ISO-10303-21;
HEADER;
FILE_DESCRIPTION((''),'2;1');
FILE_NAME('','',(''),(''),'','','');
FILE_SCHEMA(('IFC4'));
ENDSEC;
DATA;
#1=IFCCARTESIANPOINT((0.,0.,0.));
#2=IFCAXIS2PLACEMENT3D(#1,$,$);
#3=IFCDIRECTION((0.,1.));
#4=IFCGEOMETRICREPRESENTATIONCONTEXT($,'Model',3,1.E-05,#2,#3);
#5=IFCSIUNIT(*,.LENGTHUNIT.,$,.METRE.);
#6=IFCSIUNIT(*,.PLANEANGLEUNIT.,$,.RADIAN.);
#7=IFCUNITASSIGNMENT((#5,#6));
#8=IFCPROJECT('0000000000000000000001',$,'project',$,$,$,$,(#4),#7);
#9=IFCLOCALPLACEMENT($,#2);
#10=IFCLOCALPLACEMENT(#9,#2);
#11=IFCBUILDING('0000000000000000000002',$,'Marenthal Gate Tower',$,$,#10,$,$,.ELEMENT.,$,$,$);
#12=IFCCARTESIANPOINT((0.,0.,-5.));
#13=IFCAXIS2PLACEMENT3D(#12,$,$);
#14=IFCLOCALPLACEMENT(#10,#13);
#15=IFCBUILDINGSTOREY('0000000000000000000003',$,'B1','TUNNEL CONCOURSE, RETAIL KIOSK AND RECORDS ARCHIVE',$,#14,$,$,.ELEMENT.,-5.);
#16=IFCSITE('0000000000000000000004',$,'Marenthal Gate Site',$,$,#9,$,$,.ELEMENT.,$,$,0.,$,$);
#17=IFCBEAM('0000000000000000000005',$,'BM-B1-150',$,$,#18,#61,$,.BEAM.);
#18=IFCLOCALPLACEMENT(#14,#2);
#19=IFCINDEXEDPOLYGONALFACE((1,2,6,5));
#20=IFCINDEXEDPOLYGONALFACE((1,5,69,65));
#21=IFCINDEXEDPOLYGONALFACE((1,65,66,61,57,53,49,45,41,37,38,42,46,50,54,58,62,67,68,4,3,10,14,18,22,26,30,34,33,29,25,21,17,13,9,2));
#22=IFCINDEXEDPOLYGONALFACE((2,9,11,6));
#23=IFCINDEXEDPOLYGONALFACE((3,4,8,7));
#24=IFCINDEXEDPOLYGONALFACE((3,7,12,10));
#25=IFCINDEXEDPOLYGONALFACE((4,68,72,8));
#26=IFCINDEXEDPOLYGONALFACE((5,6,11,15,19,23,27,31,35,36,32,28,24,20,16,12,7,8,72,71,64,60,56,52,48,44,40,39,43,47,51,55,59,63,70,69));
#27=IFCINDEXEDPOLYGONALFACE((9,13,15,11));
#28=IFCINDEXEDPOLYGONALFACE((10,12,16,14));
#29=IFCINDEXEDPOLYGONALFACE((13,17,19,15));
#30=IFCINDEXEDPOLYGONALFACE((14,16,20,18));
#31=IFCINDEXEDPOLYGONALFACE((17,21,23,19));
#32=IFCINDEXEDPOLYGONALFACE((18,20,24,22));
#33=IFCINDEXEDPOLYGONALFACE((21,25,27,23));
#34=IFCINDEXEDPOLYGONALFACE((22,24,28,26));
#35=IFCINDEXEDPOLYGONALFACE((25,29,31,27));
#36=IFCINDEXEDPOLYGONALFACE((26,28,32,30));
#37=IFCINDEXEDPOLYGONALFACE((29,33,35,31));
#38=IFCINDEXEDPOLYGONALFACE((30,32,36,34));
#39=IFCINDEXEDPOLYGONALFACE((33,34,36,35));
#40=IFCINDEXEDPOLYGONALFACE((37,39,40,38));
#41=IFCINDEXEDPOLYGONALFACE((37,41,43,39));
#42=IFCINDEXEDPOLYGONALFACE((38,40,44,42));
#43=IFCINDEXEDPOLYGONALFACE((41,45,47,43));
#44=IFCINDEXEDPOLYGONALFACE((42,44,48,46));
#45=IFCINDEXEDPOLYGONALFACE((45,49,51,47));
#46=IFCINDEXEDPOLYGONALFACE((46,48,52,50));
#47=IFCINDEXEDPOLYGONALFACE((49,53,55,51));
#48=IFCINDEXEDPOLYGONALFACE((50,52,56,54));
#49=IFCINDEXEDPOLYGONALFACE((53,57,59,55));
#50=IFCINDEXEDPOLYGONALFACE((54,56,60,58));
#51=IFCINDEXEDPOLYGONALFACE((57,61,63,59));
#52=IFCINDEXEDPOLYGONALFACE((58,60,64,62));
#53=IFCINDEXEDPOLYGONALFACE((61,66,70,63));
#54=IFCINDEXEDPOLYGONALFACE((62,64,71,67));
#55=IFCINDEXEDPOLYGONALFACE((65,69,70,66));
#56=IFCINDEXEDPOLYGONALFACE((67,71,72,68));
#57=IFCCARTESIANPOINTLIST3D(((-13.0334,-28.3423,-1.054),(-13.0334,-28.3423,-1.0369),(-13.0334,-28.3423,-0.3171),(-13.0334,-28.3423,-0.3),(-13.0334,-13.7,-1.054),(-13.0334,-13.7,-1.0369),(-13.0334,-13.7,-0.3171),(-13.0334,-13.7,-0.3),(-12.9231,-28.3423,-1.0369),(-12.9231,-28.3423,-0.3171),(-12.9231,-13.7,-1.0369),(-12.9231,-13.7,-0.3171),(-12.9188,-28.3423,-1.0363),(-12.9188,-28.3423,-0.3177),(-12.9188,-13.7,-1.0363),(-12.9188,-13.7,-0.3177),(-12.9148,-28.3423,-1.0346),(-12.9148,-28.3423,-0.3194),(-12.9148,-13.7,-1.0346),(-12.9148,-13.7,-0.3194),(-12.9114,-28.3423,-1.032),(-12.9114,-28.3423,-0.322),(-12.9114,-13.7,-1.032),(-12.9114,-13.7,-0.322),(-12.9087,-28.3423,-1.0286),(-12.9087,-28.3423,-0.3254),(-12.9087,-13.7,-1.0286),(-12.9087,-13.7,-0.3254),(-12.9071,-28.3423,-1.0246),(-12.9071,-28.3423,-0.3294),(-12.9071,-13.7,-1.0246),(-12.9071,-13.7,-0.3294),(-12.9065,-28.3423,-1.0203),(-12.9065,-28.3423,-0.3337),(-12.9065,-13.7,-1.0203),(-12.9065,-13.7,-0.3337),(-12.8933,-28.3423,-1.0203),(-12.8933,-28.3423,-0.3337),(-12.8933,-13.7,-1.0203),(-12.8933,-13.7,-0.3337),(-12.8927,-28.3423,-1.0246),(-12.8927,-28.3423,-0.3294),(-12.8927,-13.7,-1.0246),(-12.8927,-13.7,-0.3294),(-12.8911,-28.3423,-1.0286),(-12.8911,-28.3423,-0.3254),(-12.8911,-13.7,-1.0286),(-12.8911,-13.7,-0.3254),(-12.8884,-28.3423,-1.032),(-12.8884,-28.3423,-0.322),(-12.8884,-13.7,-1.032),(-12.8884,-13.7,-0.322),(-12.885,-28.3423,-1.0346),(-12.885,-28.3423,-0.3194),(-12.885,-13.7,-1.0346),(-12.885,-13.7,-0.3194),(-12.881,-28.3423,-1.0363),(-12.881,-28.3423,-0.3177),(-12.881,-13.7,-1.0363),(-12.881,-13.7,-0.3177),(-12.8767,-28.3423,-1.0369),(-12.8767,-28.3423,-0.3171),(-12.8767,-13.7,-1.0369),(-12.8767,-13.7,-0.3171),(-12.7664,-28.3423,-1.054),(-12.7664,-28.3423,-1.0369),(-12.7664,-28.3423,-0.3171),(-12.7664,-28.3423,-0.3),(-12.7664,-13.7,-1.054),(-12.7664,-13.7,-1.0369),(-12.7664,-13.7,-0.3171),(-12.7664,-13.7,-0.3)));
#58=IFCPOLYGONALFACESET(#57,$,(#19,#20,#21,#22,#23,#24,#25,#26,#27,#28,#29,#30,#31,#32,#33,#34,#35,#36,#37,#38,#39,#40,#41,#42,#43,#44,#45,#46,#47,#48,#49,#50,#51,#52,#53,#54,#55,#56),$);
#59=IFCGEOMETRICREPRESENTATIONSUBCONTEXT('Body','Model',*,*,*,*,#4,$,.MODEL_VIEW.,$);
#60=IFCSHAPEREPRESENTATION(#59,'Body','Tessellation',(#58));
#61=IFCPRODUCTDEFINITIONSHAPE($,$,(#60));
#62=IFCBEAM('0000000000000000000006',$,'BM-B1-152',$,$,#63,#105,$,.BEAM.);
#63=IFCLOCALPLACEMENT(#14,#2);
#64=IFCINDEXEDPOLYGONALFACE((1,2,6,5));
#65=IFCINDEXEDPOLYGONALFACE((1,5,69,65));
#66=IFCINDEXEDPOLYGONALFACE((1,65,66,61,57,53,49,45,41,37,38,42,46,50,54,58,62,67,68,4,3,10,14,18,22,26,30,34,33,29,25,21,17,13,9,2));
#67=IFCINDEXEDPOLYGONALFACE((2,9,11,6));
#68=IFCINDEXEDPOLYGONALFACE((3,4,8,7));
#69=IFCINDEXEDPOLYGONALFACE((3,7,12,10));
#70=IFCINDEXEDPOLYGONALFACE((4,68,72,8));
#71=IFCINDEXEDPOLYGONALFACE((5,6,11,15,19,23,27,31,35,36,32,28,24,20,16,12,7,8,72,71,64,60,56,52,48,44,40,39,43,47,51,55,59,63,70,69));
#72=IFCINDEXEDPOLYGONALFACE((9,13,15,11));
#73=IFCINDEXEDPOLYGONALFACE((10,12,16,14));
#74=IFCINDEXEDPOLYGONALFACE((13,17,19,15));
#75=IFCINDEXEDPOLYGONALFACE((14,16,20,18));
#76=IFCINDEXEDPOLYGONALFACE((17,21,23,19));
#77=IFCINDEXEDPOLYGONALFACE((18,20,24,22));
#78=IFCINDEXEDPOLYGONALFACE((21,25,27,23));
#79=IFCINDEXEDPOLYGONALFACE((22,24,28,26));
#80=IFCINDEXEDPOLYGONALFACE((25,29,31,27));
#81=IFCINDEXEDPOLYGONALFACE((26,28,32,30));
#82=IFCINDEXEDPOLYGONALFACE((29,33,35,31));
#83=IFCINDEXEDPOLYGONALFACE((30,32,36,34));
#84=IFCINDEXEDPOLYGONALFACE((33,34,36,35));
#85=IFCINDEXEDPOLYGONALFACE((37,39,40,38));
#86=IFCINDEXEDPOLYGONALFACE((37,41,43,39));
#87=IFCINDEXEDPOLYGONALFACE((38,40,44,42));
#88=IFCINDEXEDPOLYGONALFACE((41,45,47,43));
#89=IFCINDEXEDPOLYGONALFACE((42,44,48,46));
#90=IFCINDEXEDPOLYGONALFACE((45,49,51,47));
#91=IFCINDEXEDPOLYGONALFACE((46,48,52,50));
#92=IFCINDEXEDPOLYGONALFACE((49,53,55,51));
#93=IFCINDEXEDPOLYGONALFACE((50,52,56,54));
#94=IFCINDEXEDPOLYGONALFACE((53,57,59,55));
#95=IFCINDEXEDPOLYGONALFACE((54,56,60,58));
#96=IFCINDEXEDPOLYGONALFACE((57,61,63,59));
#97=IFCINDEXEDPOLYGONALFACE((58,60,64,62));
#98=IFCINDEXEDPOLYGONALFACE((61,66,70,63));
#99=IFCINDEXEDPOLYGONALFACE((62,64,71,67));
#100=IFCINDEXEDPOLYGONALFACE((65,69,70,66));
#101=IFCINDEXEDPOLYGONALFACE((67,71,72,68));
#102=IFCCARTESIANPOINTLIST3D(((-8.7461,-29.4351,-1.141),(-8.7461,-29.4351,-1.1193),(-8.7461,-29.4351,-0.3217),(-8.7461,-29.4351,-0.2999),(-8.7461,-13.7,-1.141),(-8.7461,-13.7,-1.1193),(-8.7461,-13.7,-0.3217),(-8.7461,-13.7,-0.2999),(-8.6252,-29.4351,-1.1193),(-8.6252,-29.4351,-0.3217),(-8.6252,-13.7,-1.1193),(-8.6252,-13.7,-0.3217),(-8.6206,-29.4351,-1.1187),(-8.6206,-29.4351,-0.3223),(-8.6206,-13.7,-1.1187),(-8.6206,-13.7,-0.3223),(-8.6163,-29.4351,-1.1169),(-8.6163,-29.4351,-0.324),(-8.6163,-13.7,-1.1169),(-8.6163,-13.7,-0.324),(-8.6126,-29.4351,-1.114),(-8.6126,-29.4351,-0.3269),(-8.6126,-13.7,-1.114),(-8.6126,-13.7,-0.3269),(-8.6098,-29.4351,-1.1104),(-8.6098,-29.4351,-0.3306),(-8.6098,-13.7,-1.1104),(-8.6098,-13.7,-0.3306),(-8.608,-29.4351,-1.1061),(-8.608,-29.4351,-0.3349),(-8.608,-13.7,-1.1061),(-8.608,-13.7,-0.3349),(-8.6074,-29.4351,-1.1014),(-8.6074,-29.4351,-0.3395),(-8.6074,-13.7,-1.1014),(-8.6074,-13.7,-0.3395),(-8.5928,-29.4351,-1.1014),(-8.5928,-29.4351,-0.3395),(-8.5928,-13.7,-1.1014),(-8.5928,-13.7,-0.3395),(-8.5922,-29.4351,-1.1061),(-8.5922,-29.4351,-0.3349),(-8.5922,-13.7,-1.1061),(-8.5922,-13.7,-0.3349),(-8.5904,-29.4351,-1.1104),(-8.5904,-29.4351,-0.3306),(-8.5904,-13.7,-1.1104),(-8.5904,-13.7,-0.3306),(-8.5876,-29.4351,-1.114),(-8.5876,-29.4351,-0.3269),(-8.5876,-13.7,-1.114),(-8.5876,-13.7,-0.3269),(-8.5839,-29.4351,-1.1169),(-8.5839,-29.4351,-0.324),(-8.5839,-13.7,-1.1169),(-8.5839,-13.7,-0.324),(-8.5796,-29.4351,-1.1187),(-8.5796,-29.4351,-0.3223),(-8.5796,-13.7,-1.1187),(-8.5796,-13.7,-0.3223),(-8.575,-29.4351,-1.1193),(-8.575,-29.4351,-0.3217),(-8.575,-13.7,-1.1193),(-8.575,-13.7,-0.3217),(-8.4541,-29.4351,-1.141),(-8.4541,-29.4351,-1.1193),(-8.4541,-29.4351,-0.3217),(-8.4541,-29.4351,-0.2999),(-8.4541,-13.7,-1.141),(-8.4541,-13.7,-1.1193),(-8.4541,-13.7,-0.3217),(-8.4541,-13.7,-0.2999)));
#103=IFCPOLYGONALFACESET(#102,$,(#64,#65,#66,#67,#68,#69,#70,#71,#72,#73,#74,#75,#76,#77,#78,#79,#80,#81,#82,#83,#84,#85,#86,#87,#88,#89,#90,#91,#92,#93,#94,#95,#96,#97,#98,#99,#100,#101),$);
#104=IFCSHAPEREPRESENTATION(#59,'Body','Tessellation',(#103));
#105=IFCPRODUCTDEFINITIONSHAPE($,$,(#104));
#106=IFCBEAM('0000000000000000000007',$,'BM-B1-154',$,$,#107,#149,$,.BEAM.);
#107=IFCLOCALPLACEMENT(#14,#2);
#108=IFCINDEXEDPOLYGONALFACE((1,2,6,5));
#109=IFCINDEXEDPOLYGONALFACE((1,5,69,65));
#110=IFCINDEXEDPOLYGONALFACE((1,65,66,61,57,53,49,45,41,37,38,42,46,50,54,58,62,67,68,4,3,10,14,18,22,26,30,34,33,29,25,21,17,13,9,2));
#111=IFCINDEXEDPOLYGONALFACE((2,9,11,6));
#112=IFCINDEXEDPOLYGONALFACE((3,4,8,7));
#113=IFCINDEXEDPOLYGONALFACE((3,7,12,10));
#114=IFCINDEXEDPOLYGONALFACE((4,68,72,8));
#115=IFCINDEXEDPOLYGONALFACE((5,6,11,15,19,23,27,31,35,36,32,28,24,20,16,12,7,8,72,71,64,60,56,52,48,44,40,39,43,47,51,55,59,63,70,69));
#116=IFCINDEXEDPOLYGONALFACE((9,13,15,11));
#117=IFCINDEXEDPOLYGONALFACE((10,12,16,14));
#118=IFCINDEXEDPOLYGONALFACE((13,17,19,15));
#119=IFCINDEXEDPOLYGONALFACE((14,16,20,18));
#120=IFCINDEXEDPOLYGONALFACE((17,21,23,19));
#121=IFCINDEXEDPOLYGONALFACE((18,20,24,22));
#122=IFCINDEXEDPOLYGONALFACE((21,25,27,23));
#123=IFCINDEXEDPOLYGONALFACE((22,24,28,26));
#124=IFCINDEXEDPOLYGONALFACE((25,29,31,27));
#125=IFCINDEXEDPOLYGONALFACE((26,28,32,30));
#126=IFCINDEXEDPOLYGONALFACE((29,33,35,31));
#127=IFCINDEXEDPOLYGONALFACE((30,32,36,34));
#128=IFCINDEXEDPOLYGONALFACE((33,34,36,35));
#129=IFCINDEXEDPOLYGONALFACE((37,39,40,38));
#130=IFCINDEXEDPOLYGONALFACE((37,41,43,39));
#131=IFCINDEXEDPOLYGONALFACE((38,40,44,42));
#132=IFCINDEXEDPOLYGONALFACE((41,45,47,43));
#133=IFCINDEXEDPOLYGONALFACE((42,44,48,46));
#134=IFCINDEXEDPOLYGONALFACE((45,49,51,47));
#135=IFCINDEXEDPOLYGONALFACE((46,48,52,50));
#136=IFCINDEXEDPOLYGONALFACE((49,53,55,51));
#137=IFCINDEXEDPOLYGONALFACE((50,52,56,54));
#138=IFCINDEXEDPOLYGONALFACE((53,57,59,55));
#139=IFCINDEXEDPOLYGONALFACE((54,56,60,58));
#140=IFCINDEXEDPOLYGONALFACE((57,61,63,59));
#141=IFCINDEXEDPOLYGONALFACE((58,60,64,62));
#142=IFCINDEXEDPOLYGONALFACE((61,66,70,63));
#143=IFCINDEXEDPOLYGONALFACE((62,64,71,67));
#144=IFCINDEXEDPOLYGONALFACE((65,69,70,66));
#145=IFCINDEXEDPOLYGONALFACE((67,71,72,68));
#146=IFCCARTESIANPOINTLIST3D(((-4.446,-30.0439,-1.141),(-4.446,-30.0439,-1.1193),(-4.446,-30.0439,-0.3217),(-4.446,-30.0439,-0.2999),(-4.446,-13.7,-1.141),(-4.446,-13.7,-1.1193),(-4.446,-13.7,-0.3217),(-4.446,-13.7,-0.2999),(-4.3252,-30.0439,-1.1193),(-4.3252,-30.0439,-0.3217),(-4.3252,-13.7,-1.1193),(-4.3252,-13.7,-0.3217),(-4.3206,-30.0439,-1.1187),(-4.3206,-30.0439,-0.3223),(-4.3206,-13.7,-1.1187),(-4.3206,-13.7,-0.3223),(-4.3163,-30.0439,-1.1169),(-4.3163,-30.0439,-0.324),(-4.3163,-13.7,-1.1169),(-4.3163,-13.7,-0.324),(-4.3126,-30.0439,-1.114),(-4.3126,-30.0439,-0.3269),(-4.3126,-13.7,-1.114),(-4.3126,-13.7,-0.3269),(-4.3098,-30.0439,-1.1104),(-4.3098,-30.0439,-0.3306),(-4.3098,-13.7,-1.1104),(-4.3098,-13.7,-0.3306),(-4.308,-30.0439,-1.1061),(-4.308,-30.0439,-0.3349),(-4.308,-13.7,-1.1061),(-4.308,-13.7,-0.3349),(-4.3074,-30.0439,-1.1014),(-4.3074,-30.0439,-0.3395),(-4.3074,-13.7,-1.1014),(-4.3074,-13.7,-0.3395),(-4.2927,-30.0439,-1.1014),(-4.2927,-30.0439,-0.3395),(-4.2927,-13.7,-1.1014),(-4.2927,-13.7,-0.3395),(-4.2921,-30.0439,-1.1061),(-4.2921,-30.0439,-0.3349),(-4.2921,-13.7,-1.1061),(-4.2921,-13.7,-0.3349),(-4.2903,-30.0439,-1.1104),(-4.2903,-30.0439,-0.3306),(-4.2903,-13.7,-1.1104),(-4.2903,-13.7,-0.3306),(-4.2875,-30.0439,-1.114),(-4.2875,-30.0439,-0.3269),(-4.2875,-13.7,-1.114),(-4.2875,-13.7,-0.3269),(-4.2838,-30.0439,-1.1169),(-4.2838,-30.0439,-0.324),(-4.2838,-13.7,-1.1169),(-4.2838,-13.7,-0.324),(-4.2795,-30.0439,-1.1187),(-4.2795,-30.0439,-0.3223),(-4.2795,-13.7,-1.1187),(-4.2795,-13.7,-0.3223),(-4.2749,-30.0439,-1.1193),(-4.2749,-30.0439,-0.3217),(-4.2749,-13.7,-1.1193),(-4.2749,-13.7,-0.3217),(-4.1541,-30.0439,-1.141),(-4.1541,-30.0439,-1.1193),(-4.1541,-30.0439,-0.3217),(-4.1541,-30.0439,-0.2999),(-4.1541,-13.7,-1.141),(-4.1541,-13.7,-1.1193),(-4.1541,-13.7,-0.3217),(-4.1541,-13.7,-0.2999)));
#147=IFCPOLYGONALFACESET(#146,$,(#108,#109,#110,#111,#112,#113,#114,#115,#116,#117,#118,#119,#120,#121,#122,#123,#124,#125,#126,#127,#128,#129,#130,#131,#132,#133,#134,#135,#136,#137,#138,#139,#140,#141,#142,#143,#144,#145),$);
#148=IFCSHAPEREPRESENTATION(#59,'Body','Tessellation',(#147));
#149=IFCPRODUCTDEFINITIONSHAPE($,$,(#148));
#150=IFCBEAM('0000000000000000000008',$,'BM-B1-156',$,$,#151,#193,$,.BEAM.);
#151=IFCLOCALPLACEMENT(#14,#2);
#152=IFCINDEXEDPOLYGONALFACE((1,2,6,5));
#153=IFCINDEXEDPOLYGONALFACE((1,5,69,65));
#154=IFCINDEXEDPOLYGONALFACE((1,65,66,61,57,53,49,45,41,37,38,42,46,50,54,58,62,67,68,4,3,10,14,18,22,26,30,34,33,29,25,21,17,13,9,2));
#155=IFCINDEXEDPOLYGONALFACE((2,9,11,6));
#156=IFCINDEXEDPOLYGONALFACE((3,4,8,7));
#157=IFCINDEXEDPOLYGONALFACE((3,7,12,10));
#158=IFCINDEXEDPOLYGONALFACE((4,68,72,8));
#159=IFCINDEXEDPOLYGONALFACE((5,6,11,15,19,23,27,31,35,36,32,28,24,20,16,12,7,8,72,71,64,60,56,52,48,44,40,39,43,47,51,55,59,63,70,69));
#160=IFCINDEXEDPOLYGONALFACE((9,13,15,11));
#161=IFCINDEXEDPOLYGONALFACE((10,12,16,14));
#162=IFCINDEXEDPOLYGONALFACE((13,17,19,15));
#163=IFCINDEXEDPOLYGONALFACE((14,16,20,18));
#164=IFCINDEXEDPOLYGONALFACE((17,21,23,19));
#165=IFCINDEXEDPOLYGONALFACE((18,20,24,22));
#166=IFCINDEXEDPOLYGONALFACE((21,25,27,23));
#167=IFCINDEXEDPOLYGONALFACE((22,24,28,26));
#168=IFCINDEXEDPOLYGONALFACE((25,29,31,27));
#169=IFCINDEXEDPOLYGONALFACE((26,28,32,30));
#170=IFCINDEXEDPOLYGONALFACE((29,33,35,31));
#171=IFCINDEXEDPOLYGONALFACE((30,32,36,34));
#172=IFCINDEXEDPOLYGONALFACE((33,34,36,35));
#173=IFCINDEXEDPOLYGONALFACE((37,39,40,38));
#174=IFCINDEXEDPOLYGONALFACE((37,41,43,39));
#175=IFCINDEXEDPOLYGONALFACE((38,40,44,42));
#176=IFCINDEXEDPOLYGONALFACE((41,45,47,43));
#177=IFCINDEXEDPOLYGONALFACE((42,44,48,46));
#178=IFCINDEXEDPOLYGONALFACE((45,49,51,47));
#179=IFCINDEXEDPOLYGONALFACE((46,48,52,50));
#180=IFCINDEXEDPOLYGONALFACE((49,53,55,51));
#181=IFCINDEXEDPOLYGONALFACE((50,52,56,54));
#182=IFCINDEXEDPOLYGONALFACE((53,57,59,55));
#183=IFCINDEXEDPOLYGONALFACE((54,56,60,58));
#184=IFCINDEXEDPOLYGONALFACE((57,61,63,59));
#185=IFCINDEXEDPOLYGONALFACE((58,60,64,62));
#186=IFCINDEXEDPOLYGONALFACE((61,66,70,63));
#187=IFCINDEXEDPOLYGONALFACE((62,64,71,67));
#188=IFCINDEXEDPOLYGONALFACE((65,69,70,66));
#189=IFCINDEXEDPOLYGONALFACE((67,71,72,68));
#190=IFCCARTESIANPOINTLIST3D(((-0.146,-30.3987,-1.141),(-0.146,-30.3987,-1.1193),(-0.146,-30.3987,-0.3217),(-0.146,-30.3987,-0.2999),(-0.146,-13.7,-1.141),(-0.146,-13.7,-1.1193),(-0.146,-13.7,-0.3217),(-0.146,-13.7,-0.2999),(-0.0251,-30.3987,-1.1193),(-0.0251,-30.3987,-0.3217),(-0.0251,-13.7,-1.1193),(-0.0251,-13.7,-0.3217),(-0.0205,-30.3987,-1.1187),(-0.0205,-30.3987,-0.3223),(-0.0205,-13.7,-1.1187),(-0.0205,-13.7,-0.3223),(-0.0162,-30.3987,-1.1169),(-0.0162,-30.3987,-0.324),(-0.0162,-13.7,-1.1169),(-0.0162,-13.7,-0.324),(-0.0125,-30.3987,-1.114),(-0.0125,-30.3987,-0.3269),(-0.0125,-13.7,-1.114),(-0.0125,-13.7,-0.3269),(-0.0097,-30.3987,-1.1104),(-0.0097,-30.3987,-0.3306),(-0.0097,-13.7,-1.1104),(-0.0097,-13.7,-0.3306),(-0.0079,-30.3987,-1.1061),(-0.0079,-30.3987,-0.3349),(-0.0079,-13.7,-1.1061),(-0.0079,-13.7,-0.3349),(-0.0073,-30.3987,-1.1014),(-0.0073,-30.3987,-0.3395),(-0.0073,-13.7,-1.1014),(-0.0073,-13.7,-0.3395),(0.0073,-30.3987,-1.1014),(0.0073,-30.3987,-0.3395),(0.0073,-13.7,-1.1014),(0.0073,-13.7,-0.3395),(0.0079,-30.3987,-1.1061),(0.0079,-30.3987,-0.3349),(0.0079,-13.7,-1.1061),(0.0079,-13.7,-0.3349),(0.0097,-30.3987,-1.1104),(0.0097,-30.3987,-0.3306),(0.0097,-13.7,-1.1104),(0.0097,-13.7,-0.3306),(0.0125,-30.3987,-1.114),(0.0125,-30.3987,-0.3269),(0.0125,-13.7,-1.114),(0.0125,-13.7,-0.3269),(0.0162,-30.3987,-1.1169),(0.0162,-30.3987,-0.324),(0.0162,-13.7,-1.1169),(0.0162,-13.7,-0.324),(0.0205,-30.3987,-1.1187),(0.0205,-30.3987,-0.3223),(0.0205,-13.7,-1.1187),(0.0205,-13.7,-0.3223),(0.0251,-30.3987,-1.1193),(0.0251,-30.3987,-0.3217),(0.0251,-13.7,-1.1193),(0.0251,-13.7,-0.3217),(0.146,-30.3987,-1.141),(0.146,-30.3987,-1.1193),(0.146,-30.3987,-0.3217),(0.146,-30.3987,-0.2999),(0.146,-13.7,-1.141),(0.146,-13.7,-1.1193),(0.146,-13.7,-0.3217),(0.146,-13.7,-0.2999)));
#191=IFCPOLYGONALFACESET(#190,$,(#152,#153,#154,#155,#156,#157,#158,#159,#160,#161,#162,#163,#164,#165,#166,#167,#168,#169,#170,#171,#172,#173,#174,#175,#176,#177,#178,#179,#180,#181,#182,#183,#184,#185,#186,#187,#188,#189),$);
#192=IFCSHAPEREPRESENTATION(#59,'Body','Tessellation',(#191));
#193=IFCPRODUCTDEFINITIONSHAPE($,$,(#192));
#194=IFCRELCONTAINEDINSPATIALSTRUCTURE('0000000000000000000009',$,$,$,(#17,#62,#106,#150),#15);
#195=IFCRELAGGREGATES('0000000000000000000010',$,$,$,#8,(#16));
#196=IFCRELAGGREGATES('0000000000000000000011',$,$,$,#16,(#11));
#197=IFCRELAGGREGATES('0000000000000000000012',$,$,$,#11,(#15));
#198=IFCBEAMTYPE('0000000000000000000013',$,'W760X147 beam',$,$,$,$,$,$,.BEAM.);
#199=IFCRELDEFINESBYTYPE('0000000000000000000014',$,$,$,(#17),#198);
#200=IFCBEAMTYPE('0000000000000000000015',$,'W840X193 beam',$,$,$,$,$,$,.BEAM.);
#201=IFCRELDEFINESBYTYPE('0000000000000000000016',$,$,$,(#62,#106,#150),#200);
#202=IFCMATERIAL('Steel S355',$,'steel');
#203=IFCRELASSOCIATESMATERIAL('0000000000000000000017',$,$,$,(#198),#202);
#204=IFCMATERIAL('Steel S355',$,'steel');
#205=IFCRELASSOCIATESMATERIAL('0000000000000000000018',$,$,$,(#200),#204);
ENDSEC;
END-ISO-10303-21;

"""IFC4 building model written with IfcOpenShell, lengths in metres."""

from ifc_helpers import new_model, si_unit, direction, frame, origin, origin_2d, place, context, subcontext, project, spatial, i_section, extrude, material, material_profile, profile_set, type_object, element, save


model = new_model("IFC4")

# Units and contexts
model_context = context("Model", 3, precision=1e-05, world=origin(), true_north=direction((0.0, 1.0)))
body_context = subcontext(model_context, "Body", "Model", "MODEL_VIEW")
ifc_project = project(units=[si_unit("LENGTHUNIT", "METRE"), si_unit("PLANEANGLEUNIT", "RADIAN")], contexts=[model_context])

# Site, building, storey
site_placement = place(None, origin())
site = spatial("IfcSite", under=ifc_project, at=site_placement, Name="Marenthal Gate Site", CompositionType="ELEMENT", RefElevation=0.0)
building_placement = place(site_placement, origin())
building = spatial("IfcBuilding", under=site, at=building_placement, Name="Marenthal Gate Tower", CompositionType="ELEMENT")
storey_placement = place(building_placement, frame((0.0, 0.0, -5.0)))
storey = spatial("IfcBuildingStorey", under=building, at=storey_placement, Name="B1", Description="TUNNEL CONCOURSE, RETAIL KIOSK AND RECORDS ARCHIVE", CompositionType="ELEMENT", Elevation=-5.0)

# Beams
ifc_material_1 = material(Name="Steel S355", Category="steel")
ifc_material_profile_1 = material_profile(ifc_material_1, i_section(OverallWidth=0.2671, OverallDepth=0.7539, WebThickness=0.0132, FlangeThickness=0.0171, FilletRadius=0.0166, at=origin_2d()), Name="W760X147")
ifc_profile_set_1 = profile_set([ifc_material_profile_1], Name="Steel S355")
beam_type_1 = type_object("IfcBeamType", Name="W760X147 beam", PredefinedType="BEAM", material=ifc_profile_set_1)
beam_1_placement = place(storey_placement, frame((-12.8999, -13.7, -0.677), z_axis=(0.0, -1.0, 0.0), x_axis=(1.0, 0.0, 0.0)))
element("IfcBeam", 1, at=beam_1_placement, inside=storey, type_object=beam_type_1, Name="BM-B1-150", PredefinedType="BEAM", context=body_context, shape_type="SweptSolid", body=[
    extrude(i_section(OverallWidth=0.2671, OverallDepth=0.7539, WebThickness=0.0132, FlangeThickness=0.0171, FilletRadius=0.0166, at=origin_2d()), origin(), (0.0, 0.0, 1.0), 14.6423),
])
ifc_material_2 = material(Name="Steel S355", Category="steel")
ifc_material_profile_2 = material_profile(ifc_material_2, i_section(OverallWidth=0.292, OverallDepth=0.8411, WebThickness=0.0146, FlangeThickness=0.0217, FilletRadius=0.0178, at=origin_2d()), Name="W840X193")
ifc_profile_set_2 = profile_set([ifc_material_profile_2], Name="Steel S355")
beam_type_2 = type_object("IfcBeamType", Name="W840X193 beam", PredefinedType="BEAM", material=ifc_profile_set_2)
beam_2_placement = place(storey_placement, frame((-8.6001, -13.7, -0.7205), z_axis=(0.0, -1.0, 0.0), x_axis=(1.0, 0.0, 0.0)))
element("IfcBeam", 2, at=beam_2_placement, inside=storey, type_object=beam_type_2, Name="BM-B1-152", PredefinedType="BEAM", context=body_context, shape_type="SweptSolid", body=[
    extrude(i_section(OverallWidth=0.292, OverallDepth=0.8411, WebThickness=0.0146, FlangeThickness=0.0217, FilletRadius=0.0178, at=origin_2d()), origin(), (0.0, 0.0, 1.0), 15.7351),
])
beam_3_placement = place(storey_placement, frame((-4.3, -13.7, -0.7205), z_axis=(0.0, -1.0, 0.0), x_axis=(1.0, 0.0, 0.0)))
element("IfcBeam", 3, at=beam_3_placement, inside=storey, type_object=beam_type_2, Name="BM-B1-154", PredefinedType="BEAM", context=body_context, shape_type="SweptSolid", body=[
    extrude(i_section(OverallWidth=0.292, OverallDepth=0.8411, WebThickness=0.0146, FlangeThickness=0.0217, FilletRadius=0.0178, at=origin_2d()), origin(), (0.0, 0.0, 1.0), 16.344),
])
beam_4_placement = place(storey_placement, frame((0.0, -13.7, -0.7205), z_axis=(0.0, -1.0, 0.0), x_axis=(1.0, 0.0, 0.0)))
element("IfcBeam", 4, at=beam_4_placement, inside=storey, type_object=beam_type_2, Name="BM-B1-156", PredefinedType="BEAM", context=body_context, shape_type="SweptSolid", body=[
    extrude(i_section(OverallWidth=0.292, OverallDepth=0.8411, WebThickness=0.0146, FlangeThickness=0.0217, FilletRadius=0.0178, at=origin_2d()), origin(), (0.0, 0.0, 1.0), 16.6987),
])

save(model, "model.ifc")
